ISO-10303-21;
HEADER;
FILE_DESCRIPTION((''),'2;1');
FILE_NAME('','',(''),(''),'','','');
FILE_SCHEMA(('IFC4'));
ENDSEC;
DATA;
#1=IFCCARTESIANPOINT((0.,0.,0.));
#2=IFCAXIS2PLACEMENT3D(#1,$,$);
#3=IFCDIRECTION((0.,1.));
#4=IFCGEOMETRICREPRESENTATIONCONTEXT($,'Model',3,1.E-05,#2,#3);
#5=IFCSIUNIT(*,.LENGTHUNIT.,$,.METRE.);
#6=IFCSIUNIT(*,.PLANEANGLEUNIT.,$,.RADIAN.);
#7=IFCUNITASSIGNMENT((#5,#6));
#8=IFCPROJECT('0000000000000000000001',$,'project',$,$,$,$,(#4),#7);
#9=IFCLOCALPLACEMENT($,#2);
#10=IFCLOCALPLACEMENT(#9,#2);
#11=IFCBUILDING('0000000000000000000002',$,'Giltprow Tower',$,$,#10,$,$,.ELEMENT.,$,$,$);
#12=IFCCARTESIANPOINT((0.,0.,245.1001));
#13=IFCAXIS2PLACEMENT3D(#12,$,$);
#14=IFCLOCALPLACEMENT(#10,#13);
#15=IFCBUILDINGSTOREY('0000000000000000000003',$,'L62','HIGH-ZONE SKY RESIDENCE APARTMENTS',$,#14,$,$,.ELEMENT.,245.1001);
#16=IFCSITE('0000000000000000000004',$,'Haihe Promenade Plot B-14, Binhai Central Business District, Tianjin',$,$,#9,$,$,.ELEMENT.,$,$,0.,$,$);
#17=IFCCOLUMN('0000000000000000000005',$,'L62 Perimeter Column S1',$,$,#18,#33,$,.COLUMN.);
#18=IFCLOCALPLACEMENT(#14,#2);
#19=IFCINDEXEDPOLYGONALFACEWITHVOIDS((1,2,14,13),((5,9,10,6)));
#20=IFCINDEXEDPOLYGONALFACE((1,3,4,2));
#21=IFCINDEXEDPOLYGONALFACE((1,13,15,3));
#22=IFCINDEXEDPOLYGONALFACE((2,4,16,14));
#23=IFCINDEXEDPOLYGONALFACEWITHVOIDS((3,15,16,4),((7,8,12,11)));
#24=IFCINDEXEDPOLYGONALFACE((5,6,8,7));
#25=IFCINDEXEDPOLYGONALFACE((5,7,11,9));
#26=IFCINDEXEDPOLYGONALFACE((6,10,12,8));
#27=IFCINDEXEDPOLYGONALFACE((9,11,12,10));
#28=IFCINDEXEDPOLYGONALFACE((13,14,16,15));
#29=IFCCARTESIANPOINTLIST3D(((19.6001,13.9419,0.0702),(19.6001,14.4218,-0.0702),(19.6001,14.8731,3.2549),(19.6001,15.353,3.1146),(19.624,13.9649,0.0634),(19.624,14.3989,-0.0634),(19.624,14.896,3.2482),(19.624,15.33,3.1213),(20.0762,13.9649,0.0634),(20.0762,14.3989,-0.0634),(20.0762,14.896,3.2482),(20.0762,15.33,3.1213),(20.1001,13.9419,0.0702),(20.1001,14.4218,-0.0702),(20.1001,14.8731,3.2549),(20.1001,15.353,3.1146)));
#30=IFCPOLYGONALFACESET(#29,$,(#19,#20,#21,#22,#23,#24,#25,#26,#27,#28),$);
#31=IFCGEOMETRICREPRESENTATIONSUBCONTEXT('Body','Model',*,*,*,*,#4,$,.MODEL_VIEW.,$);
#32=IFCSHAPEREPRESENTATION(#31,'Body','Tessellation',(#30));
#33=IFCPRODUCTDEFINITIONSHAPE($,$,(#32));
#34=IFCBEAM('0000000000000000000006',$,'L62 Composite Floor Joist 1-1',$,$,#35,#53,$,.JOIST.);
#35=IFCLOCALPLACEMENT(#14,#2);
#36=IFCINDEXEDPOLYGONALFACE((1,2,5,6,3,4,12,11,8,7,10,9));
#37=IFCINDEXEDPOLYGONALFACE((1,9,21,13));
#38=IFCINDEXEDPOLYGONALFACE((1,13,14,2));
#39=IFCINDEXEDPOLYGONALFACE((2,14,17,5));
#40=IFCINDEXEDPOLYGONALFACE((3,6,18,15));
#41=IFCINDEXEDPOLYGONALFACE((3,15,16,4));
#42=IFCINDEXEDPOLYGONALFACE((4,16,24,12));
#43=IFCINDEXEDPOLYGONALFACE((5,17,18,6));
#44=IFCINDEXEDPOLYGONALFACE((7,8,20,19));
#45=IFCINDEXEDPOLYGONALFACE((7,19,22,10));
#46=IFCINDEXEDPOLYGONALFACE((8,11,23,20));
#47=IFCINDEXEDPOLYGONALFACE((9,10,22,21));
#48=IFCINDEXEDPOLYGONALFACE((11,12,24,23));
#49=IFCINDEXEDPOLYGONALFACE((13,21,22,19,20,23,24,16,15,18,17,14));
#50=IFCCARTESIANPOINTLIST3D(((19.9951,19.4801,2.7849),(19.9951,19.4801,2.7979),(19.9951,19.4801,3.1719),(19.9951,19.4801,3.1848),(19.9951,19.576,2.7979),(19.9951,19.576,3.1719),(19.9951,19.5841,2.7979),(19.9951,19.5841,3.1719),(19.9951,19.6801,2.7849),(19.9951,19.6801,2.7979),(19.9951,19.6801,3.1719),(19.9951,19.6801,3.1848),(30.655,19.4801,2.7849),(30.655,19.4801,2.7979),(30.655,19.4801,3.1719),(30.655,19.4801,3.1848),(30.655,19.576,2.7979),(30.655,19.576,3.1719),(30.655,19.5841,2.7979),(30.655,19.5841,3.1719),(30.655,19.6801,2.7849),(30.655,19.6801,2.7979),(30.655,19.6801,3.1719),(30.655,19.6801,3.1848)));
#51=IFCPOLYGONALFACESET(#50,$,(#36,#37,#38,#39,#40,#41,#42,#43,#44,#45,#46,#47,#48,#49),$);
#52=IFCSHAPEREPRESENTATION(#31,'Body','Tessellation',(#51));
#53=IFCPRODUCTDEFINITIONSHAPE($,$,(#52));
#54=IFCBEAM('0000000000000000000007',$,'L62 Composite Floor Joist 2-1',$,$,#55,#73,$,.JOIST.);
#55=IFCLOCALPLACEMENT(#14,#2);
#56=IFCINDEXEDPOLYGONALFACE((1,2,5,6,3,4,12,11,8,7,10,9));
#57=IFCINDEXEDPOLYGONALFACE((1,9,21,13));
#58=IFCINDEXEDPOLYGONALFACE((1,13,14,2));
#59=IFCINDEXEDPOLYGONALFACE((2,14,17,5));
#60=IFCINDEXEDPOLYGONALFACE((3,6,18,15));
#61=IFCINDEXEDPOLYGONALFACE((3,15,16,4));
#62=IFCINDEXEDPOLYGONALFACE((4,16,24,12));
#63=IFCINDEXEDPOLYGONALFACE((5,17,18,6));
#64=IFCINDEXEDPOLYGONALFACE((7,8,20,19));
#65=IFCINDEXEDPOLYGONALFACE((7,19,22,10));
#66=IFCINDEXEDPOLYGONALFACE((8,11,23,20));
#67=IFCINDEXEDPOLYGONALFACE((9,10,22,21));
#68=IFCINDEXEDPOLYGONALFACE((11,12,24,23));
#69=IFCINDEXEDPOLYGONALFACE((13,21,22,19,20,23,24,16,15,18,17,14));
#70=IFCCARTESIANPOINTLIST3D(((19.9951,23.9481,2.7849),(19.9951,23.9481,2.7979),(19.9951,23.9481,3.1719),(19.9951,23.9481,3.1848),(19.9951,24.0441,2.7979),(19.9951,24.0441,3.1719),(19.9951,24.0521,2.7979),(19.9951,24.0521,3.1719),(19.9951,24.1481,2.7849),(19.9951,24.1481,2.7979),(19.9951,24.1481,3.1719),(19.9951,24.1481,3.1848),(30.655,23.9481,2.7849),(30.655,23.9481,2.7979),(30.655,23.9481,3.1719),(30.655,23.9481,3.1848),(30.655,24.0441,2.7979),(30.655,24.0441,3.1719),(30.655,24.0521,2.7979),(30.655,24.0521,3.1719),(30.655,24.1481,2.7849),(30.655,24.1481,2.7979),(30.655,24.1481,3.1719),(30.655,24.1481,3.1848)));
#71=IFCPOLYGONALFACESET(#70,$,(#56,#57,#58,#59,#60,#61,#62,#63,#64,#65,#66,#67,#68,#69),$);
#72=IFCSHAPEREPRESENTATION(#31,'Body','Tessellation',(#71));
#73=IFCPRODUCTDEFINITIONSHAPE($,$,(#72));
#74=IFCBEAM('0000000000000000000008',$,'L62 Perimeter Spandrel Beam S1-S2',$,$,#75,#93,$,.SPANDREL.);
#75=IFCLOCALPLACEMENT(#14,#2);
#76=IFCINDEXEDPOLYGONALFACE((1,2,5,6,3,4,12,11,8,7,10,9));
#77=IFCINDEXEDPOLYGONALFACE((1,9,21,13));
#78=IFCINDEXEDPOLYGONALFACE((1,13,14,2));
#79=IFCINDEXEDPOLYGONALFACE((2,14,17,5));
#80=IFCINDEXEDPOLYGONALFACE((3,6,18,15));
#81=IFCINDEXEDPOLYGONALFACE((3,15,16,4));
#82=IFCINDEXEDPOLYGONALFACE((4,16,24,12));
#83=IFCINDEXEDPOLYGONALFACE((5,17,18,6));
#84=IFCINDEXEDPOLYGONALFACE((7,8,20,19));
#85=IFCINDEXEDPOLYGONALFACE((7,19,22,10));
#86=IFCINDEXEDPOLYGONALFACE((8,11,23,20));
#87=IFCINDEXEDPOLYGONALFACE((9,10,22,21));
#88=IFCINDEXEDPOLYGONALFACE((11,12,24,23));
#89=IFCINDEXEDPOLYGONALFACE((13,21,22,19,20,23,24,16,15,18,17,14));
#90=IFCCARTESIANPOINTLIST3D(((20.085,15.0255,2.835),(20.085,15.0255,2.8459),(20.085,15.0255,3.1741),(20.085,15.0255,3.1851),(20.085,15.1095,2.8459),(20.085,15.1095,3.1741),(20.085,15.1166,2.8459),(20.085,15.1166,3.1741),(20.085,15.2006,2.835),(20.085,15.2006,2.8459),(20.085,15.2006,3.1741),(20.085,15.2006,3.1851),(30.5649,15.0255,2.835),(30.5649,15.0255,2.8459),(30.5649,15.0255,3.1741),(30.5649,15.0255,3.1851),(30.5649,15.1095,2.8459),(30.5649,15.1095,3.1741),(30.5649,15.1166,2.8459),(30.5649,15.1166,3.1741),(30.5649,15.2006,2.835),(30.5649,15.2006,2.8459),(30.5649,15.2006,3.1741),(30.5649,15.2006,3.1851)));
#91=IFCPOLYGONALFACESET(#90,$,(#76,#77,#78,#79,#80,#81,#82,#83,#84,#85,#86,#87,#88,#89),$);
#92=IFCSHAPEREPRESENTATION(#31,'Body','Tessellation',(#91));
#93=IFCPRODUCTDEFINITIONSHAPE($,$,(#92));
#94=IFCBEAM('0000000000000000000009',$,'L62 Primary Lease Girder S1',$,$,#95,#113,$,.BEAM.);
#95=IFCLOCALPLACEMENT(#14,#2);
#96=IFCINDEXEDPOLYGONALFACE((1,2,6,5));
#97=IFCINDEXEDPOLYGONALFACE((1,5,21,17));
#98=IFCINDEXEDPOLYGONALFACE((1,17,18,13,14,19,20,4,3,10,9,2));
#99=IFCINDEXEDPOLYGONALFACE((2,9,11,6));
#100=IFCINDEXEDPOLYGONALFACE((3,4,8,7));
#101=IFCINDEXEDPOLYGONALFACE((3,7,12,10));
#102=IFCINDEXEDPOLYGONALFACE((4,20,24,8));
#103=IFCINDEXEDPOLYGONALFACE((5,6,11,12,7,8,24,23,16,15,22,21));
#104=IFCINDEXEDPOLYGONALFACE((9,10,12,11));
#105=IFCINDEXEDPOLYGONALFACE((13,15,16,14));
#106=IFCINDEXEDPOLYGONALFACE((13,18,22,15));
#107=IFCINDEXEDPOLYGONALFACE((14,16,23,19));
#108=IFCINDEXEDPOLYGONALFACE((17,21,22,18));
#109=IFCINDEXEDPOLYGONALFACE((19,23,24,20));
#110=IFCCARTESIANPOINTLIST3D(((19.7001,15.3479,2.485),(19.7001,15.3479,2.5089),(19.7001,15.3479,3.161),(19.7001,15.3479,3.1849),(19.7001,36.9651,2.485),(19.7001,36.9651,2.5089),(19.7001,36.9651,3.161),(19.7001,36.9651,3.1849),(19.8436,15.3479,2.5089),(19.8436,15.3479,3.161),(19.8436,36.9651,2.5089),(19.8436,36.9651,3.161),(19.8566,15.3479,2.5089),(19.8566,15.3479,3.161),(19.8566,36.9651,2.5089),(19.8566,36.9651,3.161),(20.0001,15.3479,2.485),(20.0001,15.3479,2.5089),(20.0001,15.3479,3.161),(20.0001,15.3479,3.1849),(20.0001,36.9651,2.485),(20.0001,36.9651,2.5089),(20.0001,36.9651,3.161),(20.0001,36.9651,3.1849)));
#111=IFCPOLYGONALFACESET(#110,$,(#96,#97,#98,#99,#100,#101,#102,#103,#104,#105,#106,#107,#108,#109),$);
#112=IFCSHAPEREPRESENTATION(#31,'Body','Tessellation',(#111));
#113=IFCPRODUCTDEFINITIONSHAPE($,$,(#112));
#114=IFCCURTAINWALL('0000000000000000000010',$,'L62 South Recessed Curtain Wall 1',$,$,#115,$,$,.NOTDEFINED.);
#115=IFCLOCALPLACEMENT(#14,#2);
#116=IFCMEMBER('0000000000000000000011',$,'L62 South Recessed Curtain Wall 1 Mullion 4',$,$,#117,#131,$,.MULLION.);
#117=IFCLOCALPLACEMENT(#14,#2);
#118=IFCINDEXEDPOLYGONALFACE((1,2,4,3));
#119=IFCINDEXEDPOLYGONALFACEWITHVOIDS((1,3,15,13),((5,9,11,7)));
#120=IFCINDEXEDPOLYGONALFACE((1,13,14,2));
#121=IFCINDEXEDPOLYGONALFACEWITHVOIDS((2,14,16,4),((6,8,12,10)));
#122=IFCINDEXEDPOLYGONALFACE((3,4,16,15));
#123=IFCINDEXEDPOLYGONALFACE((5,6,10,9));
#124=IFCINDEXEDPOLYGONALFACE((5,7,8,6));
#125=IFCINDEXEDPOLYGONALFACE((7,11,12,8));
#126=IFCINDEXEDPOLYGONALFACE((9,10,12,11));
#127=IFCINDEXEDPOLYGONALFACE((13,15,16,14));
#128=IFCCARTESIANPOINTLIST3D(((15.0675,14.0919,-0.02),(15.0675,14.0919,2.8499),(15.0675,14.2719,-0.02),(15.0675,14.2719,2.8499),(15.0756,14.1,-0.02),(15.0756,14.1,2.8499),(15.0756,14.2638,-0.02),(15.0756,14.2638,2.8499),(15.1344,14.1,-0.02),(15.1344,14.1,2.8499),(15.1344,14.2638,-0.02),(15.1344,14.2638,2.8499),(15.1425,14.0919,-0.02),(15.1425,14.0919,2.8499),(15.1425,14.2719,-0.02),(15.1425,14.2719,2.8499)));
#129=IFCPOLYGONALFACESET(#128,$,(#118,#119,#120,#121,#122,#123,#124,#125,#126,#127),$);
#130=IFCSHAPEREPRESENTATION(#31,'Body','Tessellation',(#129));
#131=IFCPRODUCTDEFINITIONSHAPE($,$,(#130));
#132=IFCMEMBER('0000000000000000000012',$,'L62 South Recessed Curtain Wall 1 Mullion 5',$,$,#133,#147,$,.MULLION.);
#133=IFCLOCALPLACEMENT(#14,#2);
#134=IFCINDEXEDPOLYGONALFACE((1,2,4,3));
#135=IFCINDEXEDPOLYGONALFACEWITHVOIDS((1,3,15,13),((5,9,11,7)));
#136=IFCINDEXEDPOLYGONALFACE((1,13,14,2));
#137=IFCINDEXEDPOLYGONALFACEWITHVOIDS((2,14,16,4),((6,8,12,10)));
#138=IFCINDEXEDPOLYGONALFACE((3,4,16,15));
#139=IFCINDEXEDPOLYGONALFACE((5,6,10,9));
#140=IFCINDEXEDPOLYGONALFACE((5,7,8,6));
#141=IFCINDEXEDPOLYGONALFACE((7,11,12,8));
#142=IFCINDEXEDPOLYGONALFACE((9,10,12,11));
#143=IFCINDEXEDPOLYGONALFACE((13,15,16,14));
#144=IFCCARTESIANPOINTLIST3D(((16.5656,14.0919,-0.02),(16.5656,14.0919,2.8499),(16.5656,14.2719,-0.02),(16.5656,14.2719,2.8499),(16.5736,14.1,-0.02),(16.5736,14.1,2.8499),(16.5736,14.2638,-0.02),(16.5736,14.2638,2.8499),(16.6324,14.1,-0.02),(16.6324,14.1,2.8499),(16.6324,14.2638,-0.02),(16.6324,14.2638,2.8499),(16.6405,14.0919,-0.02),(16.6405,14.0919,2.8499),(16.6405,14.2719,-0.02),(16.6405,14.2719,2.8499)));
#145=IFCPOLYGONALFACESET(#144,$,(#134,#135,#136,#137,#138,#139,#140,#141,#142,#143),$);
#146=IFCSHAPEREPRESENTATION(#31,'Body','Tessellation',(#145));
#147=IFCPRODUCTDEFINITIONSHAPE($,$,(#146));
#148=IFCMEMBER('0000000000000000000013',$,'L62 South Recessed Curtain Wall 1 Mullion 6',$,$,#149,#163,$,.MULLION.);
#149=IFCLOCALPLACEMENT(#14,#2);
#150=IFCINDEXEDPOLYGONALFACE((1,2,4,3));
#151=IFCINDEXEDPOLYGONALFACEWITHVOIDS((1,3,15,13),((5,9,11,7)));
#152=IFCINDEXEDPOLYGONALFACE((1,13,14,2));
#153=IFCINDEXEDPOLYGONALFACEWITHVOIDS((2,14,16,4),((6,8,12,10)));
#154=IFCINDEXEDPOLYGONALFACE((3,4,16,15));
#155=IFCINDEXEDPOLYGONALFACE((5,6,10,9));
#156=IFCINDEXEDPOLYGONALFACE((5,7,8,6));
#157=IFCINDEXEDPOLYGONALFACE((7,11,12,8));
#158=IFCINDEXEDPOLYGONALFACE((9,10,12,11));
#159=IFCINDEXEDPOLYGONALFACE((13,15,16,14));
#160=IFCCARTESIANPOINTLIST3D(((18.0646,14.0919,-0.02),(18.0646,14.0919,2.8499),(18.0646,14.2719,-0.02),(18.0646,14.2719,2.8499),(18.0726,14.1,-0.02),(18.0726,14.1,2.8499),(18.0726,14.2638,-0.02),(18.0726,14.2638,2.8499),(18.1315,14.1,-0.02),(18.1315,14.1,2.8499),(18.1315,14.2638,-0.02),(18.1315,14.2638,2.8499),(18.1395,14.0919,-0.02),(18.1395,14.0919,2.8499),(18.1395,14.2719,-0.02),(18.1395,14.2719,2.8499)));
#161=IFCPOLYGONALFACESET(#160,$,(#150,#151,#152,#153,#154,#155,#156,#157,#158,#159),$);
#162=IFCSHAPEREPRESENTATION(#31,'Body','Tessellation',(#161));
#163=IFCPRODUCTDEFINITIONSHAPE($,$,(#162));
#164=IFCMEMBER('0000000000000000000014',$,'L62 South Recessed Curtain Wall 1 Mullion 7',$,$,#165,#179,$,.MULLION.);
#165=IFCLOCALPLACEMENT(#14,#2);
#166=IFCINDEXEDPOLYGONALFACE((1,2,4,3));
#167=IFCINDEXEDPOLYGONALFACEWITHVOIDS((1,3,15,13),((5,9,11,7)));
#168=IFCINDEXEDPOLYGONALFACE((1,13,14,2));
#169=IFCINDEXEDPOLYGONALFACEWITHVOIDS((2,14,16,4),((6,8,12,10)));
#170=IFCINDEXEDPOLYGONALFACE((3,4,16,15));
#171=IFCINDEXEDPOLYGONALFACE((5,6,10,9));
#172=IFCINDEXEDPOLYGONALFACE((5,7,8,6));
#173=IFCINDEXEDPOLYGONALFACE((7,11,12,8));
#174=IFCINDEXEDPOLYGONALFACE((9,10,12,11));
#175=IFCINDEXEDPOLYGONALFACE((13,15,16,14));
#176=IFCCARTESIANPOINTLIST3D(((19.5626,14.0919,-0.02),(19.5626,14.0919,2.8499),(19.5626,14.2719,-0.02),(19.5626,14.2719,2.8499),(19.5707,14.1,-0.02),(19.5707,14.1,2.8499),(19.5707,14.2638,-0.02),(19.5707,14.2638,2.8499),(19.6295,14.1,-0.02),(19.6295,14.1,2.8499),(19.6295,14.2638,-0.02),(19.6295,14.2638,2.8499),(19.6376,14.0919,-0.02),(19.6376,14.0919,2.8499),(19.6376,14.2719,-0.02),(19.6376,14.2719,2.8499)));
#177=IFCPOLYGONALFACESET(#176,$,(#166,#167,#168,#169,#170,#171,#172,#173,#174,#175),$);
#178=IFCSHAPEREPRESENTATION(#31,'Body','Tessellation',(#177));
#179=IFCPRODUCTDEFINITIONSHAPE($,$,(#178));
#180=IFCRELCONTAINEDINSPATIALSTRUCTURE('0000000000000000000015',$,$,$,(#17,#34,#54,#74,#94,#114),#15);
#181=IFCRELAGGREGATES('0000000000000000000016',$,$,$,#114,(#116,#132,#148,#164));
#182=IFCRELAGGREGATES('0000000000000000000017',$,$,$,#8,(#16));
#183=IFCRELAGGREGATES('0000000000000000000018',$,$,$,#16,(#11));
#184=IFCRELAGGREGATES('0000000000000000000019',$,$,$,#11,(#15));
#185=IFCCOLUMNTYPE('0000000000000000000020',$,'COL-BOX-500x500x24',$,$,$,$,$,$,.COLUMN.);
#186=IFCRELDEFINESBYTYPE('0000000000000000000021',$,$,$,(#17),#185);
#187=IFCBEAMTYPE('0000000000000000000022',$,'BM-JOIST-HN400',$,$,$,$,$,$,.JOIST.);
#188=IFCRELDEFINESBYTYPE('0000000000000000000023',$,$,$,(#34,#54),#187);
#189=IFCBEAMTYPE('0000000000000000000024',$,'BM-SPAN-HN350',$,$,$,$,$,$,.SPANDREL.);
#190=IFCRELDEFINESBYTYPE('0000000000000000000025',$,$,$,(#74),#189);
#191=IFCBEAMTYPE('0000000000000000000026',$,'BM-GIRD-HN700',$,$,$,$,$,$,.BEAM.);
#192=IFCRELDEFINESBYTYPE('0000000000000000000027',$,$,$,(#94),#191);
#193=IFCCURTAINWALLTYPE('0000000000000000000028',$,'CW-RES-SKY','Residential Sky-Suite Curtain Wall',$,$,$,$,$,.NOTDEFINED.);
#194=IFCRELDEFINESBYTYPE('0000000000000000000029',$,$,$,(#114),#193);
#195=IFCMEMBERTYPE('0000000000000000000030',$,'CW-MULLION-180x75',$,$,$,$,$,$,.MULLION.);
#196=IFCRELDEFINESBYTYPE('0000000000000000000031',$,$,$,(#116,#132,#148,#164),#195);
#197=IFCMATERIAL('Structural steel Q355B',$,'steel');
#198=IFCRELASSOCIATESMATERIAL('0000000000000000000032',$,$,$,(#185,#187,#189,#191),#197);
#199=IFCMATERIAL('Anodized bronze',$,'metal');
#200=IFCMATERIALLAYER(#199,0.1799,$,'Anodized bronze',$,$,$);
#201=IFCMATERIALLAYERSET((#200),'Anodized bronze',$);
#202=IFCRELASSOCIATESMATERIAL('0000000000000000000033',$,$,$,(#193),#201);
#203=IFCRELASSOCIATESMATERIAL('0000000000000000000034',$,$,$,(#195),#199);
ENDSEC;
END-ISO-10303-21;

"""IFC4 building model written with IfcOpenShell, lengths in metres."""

from ifc_helpers import new_model, si_unit, direction, frame, origin, origin_2d, place, context, subcontext, project, spatial, hollow_rectangle, i_section, extrude, source, transform, mapped, material, layer, layer_set, material_profile, profile_set, type_object, element, aggregate, save


model = new_model("IFC4")

# Units and contexts
model_context = context("Model", 3, precision=1e-05, world=origin(), true_north=direction((0.0, 1.0)))
body_context = subcontext(model_context, "Body", "Model", "MODEL_VIEW")
ifc_project = project(units=[si_unit("LENGTHUNIT", "METRE"), si_unit("PLANEANGLEUNIT", "RADIAN")], contexts=[model_context])

# Site, building, storey
site_placement = place(None, origin())
site = spatial("IfcSite", under=ifc_project, at=site_placement, Name="Haihe Promenade Plot B-14, Binhai Central Business District, Tianjin", CompositionType="ELEMENT", RefElevation=0.0)
building_placement = place(site_placement, origin())
building = spatial("IfcBuilding", under=site, at=building_placement, Name="Giltprow Tower", CompositionType="ELEMENT")
storey_placement = place(building_placement, frame((0.0, 0.0, 245.1001)))
storey = spatial("IfcBuildingStorey", under=building, at=storey_placement, Name="L62", Description="HIGH-ZONE SKY RESIDENCE APARTMENTS", CompositionType="ELEMENT", Elevation=245.1001)

# Column
ifc_material_1 = material(Name="Structural steel Q355B", Category="steel")
ifc_material_profile_1 = material_profile(ifc_material_1, hollow_rectangle(XDim=0.5, YDim=0.5, WallThickness=0.0239, at=origin_2d()), Name="BOX 500x500x24")
ifc_profile_set_1 = profile_set([ifc_material_profile_1], Name="Structural steel Q355B")
column_type = type_object("IfcColumnType", Name="COL-BOX-500x500x24", PredefinedType="COLUMN", material=ifc_profile_set_1)
shared_shape_1 = source(origin(), body_context, "Body", "SweptSolid", [
    extrude(hollow_rectangle(XDim=0.5, YDim=0.5, WallThickness=0.0239, at=origin_2d()), origin(), (0.0, 0.0, 1.0), 3.3181),
])
column_placement = place(storey_placement, frame((19.8501, 14.1819, 0.0), z_axis=(0.0, 0.280624, 0.959818), x_axis=(-1.0, 0.0, 0.0)))
element("IfcColumn", 1, at=column_placement, inside=storey, type_object=column_type, Name="L62 Perimeter Column S1", PredefinedType="COLUMN", context=body_context, shape_type="MappedRepresentation", body=[
    mapped(shared_shape_1, transform((0.0, 0.0, 0.0), x_axis=(1.0, 0.0, 0.0), y_axis=(0.0, 1.0, 0.0), z_axis=(0.0, 0.0, 1.0), scale=1.0)),
])

# Beams
ifc_material_profile_2 = material_profile(ifc_material_1, i_section(OverallWidth=0.2, OverallDepth=0.3999, WebThickness=0.0081, FlangeThickness=0.0129, at=origin_2d()), Name="HN 400x200x8x13")
ifc_profile_set_2 = profile_set([ifc_material_profile_2], Name="Structural steel Q355B")
beam_type_1 = type_object("IfcBeamType", Name="BM-JOIST-HN400", PredefinedType="JOIST", material=ifc_profile_set_2)
shared_shape_2 = source(origin(), body_context, "Body", "SweptSolid", [
    extrude(i_section(OverallWidth=0.2, OverallDepth=0.3999, WebThickness=0.0081, FlangeThickness=0.0129, at=origin_2d()), origin(), (0.0, 0.0, 1.0), 10.6599),
])
for number, where, z_axis, x_axis, name in (
    (2, (19.9951, 19.5801, 2.9849), (1.0, 0.0, 0.0), (0.0, 1.0, 0.0), "L62 Composite Floor Joist 1-1"),
    (3, (19.9951, 24.0481, 2.9849), (1.0, 0.0, 0.0), (0.0, 1.0, 0.0), "L62 Composite Floor Joist 2-1"),
):
    element("IfcBeam", number, at=place(storey_placement, frame(where, z_axis=z_axis, x_axis=x_axis)), inside=storey, type_object=beam_type_1, Name=name, PredefinedType="JOIST", context=body_context, shape_type="MappedRepresentation", body=[
        mapped(shared_shape_2, transform((0.0, 0.0, 0.0), x_axis=(1.0, 0.0, 0.0), y_axis=(0.0, 1.0, 0.0), z_axis=(0.0, 0.0, 1.0), scale=1.0)),
    ])
ifc_material_profile_3 = material_profile(ifc_material_1, i_section(OverallWidth=0.175, OverallDepth=0.3501, WebThickness=0.0071, FlangeThickness=0.011, at=origin_2d()), Name="HN 350x175x7x11")
ifc_profile_set_3 = profile_set([ifc_material_profile_3], Name="Structural steel Q355B")
beam_type_2 = type_object("IfcBeamType", Name="BM-SPAN-HN350", PredefinedType="SPANDREL", material=ifc_profile_set_3)
shared_shape_3 = source(origin(), body_context, "Body", "SweptSolid", [
    extrude(i_section(OverallWidth=0.175, OverallDepth=0.3501, WebThickness=0.0071, FlangeThickness=0.011, at=origin_2d()), origin(), (0.0, 0.0, 1.0), 10.48),
])
beam_1_placement = place(storey_placement, frame((20.085, 15.113, 3.01), z_axis=(1.0, 0.0, 0.0), x_axis=(0.0, 1.0, 0.0)))
element("IfcBeam", 4, at=beam_1_placement, inside=storey, type_object=beam_type_2, Name="L62 Perimeter Spandrel Beam S1-S2", PredefinedType="SPANDREL", context=body_context, shape_type="MappedRepresentation", body=[
    mapped(shared_shape_3, transform((0.0, 0.0, 0.0), x_axis=(1.0, 0.0, 0.0), y_axis=(0.0, 1.0, 0.0), z_axis=(0.0, 0.0, 1.0), scale=1.0)),
])
ifc_material_profile_4 = material_profile(ifc_material_1, i_section(OverallWidth=0.3, OverallDepth=0.7, WebThickness=0.0129, FlangeThickness=0.0239, at=origin_2d()), Name="HN 700x300x13x24")
ifc_profile_set_4 = profile_set([ifc_material_profile_4], Name="Structural steel Q355B")
beam_type_3 = type_object("IfcBeamType", Name="BM-GIRD-HN700", PredefinedType="BEAM", material=ifc_profile_set_4)
shared_shape_4 = source(origin(), body_context, "Body", "SweptSolid", [
    extrude(i_section(OverallWidth=0.3, OverallDepth=0.7, WebThickness=0.0129, FlangeThickness=0.0239, at=origin_2d()), origin(), (0.0, 0.0, 1.0), 21.6172),
])
beam_2_placement = place(storey_placement, frame((19.8501, 15.3479, 2.835), z_axis=(0.0, 1.0, 0.0), x_axis=(-1.0, 0.0, 0.0)))
element("IfcBeam", 5, at=beam_2_placement, inside=storey, type_object=beam_type_3, Name="L62 Primary Lease Girder S1", PredefinedType="BEAM", context=body_context, shape_type="MappedRepresentation", body=[
    mapped(shared_shape_4, transform((0.0, 0.0, 0.0), x_axis=(1.0, 0.0, 0.0), y_axis=(0.0, 1.0, 0.0), z_axis=(0.0, 0.0, 1.0), scale=1.0)),
])

# Curtain wall, members
ifc_material_2 = material(Name="Anodized bronze", Category="metal")
ifc_layer_1 = layer(ifc_material_2, 0.1799, Name="Anodized bronze")
ifc_layer_set_1 = layer_set([ifc_layer_1], Name="Anodized bronze")
curtain_wall_type = type_object("IfcCurtainWallType", Name="CW-RES-SKY", Description="Residential Sky-Suite Curtain Wall", PredefinedType="NOTDEFINED", material=ifc_layer_set_1)
curtain_wall_placement = place(storey_placement, origin())
curtain_wall = element("IfcCurtainWall", 6, at=curtain_wall_placement, inside=storey, type_object=curtain_wall_type, Name="L62 South Recessed Curtain Wall 1", PredefinedType="NOTDEFINED")
ifc_material_profile_5 = material_profile(ifc_material_2, hollow_rectangle(XDim=0.075, YDim=0.1799, WallThickness=0.0081, at=origin_2d()), Name="RHS 180x75x8")
ifc_profile_set_5 = profile_set([ifc_material_profile_5], Name="Anodized bronze")
member_type = type_object("IfcMemberType", Name="CW-MULLION-180x75", PredefinedType="MULLION", material=ifc_profile_set_5)
shared_shape_5 = source(origin(), body_context, "Body", "SweptSolid", [
    extrude(hollow_rectangle(XDim=0.075, YDim=0.1799, WallThickness=0.0081, at=origin_2d()), origin(), (0.0, 0.0, 1.0), 2.8699),
])
member_1_placement = place(storey_placement, frame((15.105, 14.1819, -0.02), z_axis=(0.0, 0.0, 1.0), x_axis=(1.0, 0.0, 0.0)))
member_1 = element("IfcMember", 7, at=member_1_placement, type_object=member_type, Name="L62 South Recessed Curtain Wall 1 Mullion 4", PredefinedType="MULLION", context=body_context, shape_type="MappedRepresentation", body=[
    mapped(shared_shape_5, transform((0.0, 0.0, 0.0), x_axis=(1.0, 0.0, 0.0), y_axis=(0.0, 1.0, 0.0), z_axis=(0.0, 0.0, 1.0), scale=1.0)),
])
member_2_placement = place(storey_placement, frame((16.603, 14.1819, -0.02), z_axis=(0.0, 0.0, 1.0), x_axis=(1.0, 0.0, 0.0)))
member_2 = element("IfcMember", 8, at=member_2_placement, type_object=member_type, Name="L62 South Recessed Curtain Wall 1 Mullion 5", PredefinedType="MULLION", context=body_context, shape_type="MappedRepresentation", body=[
    mapped(shared_shape_5, transform((0.0, 0.0, 0.0), x_axis=(1.0, 0.0, 0.0), y_axis=(0.0, 1.0, 0.0), z_axis=(0.0, 0.0, 1.0), scale=1.0)),
])
member_3_placement = place(storey_placement, frame((18.1021, 14.1819, -0.02), z_axis=(0.0, 0.0, 1.0), x_axis=(1.0, 0.0, 0.0)))
member_3 = element("IfcMember", 9, at=member_3_placement, type_object=member_type, Name="L62 South Recessed Curtain Wall 1 Mullion 6", PredefinedType="MULLION", context=body_context, shape_type="MappedRepresentation", body=[
    mapped(shared_shape_5, transform((0.0, 0.0, 0.0), x_axis=(1.0, 0.0, 0.0), y_axis=(0.0, 1.0, 0.0), z_axis=(0.0, 0.0, 1.0), scale=1.0)),
])
member_4_placement = place(storey_placement, frame((19.6001, 14.1819, -0.02), z_axis=(0.0, 0.0, 1.0), x_axis=(1.0, 0.0, 0.0)))
member_4 = element("IfcMember", 10, at=member_4_placement, type_object=member_type, Name="L62 South Recessed Curtain Wall 1 Mullion 7", PredefinedType="MULLION", context=body_context, shape_type="MappedRepresentation", body=[
    mapped(shared_shape_5, transform((0.0, 0.0, 0.0), x_axis=(1.0, 0.0, 0.0), y_axis=(0.0, 1.0, 0.0), z_axis=(0.0, 0.0, 1.0), scale=1.0)),
])

aggregate(curtain_wall, [member_1, member_2, member_3, member_4])

save(model, "model.ifc")
